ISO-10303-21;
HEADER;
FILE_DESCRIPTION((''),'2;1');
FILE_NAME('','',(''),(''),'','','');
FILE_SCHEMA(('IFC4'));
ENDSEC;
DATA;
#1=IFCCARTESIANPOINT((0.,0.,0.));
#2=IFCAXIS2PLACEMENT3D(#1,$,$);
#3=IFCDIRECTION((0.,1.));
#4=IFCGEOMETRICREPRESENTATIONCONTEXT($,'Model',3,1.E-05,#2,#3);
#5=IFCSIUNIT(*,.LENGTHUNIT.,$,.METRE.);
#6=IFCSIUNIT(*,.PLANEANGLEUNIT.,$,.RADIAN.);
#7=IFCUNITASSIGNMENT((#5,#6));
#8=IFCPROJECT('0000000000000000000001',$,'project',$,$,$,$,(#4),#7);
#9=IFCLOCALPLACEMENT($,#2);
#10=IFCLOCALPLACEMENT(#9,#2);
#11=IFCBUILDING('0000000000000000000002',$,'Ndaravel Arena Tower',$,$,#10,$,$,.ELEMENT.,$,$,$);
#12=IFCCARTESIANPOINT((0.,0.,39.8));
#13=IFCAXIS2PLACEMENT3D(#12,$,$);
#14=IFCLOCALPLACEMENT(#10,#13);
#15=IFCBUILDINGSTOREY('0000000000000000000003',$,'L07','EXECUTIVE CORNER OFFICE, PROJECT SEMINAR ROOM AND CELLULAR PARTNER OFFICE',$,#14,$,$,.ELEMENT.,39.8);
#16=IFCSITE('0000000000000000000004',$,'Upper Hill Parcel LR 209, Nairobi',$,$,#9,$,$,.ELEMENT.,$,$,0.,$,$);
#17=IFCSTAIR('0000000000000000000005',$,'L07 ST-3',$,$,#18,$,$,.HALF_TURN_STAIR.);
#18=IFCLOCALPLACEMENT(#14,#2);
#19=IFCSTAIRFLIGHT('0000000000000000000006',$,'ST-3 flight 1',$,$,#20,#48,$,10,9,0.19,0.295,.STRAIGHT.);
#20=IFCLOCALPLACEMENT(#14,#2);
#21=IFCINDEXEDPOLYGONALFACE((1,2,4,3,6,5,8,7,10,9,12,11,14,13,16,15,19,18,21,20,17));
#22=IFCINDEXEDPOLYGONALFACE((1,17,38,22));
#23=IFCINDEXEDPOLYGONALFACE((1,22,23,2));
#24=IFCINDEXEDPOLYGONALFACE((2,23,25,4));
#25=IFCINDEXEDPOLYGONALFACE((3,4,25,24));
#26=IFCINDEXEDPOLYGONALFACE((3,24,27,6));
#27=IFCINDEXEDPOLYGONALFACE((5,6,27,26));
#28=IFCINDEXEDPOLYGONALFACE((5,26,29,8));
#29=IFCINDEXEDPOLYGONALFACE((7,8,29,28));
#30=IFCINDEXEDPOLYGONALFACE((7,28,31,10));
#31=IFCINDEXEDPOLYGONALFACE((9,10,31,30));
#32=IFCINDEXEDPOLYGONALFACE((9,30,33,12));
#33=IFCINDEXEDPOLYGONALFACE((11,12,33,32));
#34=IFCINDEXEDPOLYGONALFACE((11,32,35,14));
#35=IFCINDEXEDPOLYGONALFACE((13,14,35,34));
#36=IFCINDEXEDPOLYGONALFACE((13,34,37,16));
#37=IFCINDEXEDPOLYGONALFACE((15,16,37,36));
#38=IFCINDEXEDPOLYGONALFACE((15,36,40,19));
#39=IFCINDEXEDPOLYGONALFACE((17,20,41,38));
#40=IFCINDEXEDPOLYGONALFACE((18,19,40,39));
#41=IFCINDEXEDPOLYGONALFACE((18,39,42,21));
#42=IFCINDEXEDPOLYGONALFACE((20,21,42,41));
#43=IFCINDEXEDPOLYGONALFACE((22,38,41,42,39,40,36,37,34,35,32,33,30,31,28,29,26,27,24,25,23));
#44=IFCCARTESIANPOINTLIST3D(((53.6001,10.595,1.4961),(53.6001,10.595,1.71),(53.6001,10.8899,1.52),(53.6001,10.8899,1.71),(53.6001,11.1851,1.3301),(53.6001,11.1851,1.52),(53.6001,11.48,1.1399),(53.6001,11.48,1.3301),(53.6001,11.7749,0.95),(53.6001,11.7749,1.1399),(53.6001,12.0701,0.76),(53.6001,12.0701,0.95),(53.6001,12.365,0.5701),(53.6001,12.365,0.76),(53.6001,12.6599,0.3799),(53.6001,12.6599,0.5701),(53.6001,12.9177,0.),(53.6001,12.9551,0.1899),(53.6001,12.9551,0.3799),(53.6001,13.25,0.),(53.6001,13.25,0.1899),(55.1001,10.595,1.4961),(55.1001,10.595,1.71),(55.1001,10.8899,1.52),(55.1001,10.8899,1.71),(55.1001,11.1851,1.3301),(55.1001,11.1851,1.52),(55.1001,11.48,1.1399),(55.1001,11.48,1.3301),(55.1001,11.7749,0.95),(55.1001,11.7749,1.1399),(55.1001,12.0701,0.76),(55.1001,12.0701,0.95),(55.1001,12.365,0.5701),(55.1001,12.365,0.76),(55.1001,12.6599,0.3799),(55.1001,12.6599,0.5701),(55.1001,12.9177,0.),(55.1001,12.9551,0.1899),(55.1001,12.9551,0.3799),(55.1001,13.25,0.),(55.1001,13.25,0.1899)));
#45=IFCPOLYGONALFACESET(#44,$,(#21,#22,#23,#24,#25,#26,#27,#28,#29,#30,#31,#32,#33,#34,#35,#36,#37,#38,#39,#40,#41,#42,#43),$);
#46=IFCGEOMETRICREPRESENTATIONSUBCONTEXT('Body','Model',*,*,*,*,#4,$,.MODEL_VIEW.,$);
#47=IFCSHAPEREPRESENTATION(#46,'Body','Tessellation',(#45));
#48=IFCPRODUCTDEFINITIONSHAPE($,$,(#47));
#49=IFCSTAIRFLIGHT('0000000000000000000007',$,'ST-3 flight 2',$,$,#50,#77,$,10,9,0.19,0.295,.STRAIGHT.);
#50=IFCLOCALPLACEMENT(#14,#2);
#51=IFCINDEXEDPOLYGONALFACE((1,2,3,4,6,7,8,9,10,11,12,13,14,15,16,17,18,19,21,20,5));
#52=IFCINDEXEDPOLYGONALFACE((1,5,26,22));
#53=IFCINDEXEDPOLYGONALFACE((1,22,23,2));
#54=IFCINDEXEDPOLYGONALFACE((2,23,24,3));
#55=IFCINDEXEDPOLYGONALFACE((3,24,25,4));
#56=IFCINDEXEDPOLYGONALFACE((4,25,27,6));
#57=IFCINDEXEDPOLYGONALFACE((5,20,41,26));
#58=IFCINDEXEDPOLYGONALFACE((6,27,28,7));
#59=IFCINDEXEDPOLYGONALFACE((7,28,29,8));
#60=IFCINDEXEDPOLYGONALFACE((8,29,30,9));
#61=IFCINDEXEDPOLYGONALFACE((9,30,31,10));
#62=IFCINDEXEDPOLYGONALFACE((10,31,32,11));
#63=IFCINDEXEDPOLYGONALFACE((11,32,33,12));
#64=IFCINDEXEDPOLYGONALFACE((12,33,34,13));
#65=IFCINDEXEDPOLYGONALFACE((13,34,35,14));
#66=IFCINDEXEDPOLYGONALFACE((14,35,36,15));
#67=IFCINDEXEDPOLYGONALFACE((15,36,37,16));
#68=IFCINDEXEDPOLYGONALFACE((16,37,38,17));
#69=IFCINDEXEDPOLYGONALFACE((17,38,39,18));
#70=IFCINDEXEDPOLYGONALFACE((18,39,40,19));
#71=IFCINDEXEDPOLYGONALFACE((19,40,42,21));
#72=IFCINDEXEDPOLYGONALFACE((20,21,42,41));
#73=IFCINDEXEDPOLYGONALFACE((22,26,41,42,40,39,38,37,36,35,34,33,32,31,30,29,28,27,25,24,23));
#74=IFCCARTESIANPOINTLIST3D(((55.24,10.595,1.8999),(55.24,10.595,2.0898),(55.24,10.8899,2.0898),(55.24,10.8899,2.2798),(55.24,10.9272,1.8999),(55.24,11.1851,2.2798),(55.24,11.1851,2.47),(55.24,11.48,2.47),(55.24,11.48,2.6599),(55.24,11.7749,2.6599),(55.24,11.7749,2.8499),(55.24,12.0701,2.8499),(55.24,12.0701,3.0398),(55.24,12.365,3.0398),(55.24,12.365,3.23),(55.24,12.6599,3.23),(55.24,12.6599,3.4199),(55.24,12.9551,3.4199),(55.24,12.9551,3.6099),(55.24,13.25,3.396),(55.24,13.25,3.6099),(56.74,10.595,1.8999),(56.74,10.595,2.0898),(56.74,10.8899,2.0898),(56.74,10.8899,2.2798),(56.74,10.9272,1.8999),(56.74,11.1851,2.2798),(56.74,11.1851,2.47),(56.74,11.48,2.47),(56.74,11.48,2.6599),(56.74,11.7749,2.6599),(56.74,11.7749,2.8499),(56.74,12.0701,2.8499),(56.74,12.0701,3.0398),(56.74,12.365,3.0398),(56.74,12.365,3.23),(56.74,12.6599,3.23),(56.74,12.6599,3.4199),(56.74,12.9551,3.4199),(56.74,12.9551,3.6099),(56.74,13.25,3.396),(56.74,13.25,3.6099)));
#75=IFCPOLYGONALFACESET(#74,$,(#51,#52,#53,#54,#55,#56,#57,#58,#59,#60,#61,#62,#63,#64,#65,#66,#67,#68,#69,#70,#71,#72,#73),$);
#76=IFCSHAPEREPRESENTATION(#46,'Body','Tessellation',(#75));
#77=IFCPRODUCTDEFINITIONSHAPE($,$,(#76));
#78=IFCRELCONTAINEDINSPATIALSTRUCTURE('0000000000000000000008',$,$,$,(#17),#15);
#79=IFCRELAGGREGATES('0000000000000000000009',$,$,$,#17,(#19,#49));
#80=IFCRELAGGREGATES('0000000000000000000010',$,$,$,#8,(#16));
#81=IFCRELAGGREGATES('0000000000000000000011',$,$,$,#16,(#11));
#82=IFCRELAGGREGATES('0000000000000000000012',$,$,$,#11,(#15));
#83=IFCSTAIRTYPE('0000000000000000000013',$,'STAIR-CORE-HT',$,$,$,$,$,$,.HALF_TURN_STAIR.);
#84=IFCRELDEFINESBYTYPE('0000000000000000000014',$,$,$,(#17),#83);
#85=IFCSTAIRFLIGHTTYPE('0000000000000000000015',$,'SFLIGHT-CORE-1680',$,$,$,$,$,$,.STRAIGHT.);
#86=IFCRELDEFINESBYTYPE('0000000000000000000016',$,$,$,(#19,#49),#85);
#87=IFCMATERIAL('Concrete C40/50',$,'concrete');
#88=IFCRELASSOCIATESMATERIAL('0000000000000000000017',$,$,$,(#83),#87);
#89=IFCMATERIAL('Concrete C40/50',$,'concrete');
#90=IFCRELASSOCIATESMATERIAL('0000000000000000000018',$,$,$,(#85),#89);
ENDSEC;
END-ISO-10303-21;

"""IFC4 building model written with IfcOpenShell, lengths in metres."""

from ifc_helpers import new_model, si_unit, direction, frame, origin, place, context, subcontext, project, spatial, polyline, outline, extrude, material, type_object, element, aggregate, save


model = new_model("IFC4")

# Units and contexts
model_context = context("Model", 3, precision=1e-05, world=origin(), true_north=direction((0.0, 1.0)))
body_context = subcontext(model_context, "Body", "Model", "MODEL_VIEW")
ifc_project = project(units=[si_unit("LENGTHUNIT", "METRE"), si_unit("PLANEANGLEUNIT", "RADIAN")], contexts=[model_context])

# Site, building, storey
site_placement = place(None, origin())
site = spatial("IfcSite", under=ifc_project, at=site_placement, Name="Upper Hill Parcel LR 209, Nairobi", CompositionType="ELEMENT", RefElevation=0.0)
building_placement = place(site_placement, origin())
building = spatial("IfcBuilding", under=site, at=building_placement, Name="Ndaravel Arena Tower", CompositionType="ELEMENT")
storey_placement = place(building_placement, frame((0.0, 0.0, 39.8)))
storey = spatial("IfcBuildingStorey", under=building, at=storey_placement, Name="L07", Description="EXECUTIVE CORNER OFFICE, PROJECT SEMINAR ROOM AND CELLULAR PARTNER OFFICE", CompositionType="ELEMENT", Elevation=39.8)

# Stair, stair flights
ifc_material_1 = material(Name="Concrete C40/50", Category="concrete")
stair_type = type_object("IfcStairType", Name="STAIR-CORE-HT", PredefinedType="HALF_TURN_STAIR", material=ifc_material_1)
stair_placement = place(storey_placement, origin())
stair = element("IfcStair", 1, at=stair_placement, inside=storey, type_object=stair_type, Name="L07 ST-3", PredefinedType="HALF_TURN_STAIR")
ifc_material_2 = material(Name="Concrete C40/50", Category="concrete")
stair_flight_type = type_object("IfcStairFlightType", Name="SFLIGHT-CORE-1680", PredefinedType="STRAIGHT", material=ifc_material_2)
stair_flight_1_placement = place(storey_placement, frame((54.3501, 13.25, 0.0), z_axis=(0.0, 0.0, 1.0), x_axis=(0.0, -1.0, 0.0)))
stair_flight_1 = element("IfcStairFlight", 2, at=stair_flight_1_placement, type_object=stair_flight_type, Name="ST-3 flight 1", NumberOfRisers=10, NumberOfTreads=9, PredefinedType="STRAIGHT", RiserHeight=0.19, TreadLength=0.295, context=body_context, shape_type="SweptSolid", body=[
    extrude(outline(polyline([(0.0, 0.0), (0.0, 0.1899), (0.2949, 0.1899), (0.2949, 0.3799), (0.5901, 0.3799), (0.5901, 0.5701), (0.885, 0.5701), (0.885, 0.76), (1.1799, 0.76), (1.1799, 0.95), (1.4751, 0.95), (1.4751, 1.1399), (1.77, 1.1399), (1.77, 1.3301), (2.0649, 1.3301), (2.0649, 1.52), (2.3601, 1.52), (2.3601, 1.71), (2.655, 1.71), (2.655, 1.8999), (2.655, 1.4961), (0.3323, 0.0), (0.0, 0.0)])), frame((0.0, 0.75, 0.0), z_axis=(0.0, -1.0, 0.0), x_axis=(1.0, 0.0, 0.0)), (0.0, 0.0, 1.0), 1.5),
])
stair_flight_2_placement = place(storey_placement, frame((55.99, 10.595, 1.8999), z_axis=(0.0, 0.0, 1.0), x_axis=(0.0, 1.0, 0.0)))
stair_flight_2 = element("IfcStairFlight", 3, at=stair_flight_2_placement, type_object=stair_flight_type, Name="ST-3 flight 2", NumberOfRisers=10, NumberOfTreads=9, PredefinedType="STRAIGHT", RiserHeight=0.19, TreadLength=0.295, context=body_context, shape_type="SweptSolid", body=[
    extrude(outline(polyline([(0.0, 0.0), (0.0, 0.1899), (0.2949, 0.1899), (0.2949, 0.3799), (0.5901, 0.3799), (0.5901, 0.5701), (0.885, 0.5701), (0.885, 0.76), (1.1799, 0.76), (1.1799, 0.95), (1.4751, 0.95), (1.4751, 1.1399), (1.77, 1.1399), (1.77, 1.3301), (2.0649, 1.3301), (2.0649, 1.52), (2.3601, 1.52), (2.3601, 1.71), (2.655, 1.71), (2.655, 1.8999), (2.655, 1.4961), (0.3323, 0.0), (0.0, 0.0)])), frame((0.0, 0.75, 0.0), z_axis=(0.0, -1.0, 0.0), x_axis=(1.0, 0.0, 0.0)), (0.0, 0.0, 1.0), 1.5),
])
aggregate(stair, [stair_flight_1, stair_flight_2])

save(model, "model.ifc")
